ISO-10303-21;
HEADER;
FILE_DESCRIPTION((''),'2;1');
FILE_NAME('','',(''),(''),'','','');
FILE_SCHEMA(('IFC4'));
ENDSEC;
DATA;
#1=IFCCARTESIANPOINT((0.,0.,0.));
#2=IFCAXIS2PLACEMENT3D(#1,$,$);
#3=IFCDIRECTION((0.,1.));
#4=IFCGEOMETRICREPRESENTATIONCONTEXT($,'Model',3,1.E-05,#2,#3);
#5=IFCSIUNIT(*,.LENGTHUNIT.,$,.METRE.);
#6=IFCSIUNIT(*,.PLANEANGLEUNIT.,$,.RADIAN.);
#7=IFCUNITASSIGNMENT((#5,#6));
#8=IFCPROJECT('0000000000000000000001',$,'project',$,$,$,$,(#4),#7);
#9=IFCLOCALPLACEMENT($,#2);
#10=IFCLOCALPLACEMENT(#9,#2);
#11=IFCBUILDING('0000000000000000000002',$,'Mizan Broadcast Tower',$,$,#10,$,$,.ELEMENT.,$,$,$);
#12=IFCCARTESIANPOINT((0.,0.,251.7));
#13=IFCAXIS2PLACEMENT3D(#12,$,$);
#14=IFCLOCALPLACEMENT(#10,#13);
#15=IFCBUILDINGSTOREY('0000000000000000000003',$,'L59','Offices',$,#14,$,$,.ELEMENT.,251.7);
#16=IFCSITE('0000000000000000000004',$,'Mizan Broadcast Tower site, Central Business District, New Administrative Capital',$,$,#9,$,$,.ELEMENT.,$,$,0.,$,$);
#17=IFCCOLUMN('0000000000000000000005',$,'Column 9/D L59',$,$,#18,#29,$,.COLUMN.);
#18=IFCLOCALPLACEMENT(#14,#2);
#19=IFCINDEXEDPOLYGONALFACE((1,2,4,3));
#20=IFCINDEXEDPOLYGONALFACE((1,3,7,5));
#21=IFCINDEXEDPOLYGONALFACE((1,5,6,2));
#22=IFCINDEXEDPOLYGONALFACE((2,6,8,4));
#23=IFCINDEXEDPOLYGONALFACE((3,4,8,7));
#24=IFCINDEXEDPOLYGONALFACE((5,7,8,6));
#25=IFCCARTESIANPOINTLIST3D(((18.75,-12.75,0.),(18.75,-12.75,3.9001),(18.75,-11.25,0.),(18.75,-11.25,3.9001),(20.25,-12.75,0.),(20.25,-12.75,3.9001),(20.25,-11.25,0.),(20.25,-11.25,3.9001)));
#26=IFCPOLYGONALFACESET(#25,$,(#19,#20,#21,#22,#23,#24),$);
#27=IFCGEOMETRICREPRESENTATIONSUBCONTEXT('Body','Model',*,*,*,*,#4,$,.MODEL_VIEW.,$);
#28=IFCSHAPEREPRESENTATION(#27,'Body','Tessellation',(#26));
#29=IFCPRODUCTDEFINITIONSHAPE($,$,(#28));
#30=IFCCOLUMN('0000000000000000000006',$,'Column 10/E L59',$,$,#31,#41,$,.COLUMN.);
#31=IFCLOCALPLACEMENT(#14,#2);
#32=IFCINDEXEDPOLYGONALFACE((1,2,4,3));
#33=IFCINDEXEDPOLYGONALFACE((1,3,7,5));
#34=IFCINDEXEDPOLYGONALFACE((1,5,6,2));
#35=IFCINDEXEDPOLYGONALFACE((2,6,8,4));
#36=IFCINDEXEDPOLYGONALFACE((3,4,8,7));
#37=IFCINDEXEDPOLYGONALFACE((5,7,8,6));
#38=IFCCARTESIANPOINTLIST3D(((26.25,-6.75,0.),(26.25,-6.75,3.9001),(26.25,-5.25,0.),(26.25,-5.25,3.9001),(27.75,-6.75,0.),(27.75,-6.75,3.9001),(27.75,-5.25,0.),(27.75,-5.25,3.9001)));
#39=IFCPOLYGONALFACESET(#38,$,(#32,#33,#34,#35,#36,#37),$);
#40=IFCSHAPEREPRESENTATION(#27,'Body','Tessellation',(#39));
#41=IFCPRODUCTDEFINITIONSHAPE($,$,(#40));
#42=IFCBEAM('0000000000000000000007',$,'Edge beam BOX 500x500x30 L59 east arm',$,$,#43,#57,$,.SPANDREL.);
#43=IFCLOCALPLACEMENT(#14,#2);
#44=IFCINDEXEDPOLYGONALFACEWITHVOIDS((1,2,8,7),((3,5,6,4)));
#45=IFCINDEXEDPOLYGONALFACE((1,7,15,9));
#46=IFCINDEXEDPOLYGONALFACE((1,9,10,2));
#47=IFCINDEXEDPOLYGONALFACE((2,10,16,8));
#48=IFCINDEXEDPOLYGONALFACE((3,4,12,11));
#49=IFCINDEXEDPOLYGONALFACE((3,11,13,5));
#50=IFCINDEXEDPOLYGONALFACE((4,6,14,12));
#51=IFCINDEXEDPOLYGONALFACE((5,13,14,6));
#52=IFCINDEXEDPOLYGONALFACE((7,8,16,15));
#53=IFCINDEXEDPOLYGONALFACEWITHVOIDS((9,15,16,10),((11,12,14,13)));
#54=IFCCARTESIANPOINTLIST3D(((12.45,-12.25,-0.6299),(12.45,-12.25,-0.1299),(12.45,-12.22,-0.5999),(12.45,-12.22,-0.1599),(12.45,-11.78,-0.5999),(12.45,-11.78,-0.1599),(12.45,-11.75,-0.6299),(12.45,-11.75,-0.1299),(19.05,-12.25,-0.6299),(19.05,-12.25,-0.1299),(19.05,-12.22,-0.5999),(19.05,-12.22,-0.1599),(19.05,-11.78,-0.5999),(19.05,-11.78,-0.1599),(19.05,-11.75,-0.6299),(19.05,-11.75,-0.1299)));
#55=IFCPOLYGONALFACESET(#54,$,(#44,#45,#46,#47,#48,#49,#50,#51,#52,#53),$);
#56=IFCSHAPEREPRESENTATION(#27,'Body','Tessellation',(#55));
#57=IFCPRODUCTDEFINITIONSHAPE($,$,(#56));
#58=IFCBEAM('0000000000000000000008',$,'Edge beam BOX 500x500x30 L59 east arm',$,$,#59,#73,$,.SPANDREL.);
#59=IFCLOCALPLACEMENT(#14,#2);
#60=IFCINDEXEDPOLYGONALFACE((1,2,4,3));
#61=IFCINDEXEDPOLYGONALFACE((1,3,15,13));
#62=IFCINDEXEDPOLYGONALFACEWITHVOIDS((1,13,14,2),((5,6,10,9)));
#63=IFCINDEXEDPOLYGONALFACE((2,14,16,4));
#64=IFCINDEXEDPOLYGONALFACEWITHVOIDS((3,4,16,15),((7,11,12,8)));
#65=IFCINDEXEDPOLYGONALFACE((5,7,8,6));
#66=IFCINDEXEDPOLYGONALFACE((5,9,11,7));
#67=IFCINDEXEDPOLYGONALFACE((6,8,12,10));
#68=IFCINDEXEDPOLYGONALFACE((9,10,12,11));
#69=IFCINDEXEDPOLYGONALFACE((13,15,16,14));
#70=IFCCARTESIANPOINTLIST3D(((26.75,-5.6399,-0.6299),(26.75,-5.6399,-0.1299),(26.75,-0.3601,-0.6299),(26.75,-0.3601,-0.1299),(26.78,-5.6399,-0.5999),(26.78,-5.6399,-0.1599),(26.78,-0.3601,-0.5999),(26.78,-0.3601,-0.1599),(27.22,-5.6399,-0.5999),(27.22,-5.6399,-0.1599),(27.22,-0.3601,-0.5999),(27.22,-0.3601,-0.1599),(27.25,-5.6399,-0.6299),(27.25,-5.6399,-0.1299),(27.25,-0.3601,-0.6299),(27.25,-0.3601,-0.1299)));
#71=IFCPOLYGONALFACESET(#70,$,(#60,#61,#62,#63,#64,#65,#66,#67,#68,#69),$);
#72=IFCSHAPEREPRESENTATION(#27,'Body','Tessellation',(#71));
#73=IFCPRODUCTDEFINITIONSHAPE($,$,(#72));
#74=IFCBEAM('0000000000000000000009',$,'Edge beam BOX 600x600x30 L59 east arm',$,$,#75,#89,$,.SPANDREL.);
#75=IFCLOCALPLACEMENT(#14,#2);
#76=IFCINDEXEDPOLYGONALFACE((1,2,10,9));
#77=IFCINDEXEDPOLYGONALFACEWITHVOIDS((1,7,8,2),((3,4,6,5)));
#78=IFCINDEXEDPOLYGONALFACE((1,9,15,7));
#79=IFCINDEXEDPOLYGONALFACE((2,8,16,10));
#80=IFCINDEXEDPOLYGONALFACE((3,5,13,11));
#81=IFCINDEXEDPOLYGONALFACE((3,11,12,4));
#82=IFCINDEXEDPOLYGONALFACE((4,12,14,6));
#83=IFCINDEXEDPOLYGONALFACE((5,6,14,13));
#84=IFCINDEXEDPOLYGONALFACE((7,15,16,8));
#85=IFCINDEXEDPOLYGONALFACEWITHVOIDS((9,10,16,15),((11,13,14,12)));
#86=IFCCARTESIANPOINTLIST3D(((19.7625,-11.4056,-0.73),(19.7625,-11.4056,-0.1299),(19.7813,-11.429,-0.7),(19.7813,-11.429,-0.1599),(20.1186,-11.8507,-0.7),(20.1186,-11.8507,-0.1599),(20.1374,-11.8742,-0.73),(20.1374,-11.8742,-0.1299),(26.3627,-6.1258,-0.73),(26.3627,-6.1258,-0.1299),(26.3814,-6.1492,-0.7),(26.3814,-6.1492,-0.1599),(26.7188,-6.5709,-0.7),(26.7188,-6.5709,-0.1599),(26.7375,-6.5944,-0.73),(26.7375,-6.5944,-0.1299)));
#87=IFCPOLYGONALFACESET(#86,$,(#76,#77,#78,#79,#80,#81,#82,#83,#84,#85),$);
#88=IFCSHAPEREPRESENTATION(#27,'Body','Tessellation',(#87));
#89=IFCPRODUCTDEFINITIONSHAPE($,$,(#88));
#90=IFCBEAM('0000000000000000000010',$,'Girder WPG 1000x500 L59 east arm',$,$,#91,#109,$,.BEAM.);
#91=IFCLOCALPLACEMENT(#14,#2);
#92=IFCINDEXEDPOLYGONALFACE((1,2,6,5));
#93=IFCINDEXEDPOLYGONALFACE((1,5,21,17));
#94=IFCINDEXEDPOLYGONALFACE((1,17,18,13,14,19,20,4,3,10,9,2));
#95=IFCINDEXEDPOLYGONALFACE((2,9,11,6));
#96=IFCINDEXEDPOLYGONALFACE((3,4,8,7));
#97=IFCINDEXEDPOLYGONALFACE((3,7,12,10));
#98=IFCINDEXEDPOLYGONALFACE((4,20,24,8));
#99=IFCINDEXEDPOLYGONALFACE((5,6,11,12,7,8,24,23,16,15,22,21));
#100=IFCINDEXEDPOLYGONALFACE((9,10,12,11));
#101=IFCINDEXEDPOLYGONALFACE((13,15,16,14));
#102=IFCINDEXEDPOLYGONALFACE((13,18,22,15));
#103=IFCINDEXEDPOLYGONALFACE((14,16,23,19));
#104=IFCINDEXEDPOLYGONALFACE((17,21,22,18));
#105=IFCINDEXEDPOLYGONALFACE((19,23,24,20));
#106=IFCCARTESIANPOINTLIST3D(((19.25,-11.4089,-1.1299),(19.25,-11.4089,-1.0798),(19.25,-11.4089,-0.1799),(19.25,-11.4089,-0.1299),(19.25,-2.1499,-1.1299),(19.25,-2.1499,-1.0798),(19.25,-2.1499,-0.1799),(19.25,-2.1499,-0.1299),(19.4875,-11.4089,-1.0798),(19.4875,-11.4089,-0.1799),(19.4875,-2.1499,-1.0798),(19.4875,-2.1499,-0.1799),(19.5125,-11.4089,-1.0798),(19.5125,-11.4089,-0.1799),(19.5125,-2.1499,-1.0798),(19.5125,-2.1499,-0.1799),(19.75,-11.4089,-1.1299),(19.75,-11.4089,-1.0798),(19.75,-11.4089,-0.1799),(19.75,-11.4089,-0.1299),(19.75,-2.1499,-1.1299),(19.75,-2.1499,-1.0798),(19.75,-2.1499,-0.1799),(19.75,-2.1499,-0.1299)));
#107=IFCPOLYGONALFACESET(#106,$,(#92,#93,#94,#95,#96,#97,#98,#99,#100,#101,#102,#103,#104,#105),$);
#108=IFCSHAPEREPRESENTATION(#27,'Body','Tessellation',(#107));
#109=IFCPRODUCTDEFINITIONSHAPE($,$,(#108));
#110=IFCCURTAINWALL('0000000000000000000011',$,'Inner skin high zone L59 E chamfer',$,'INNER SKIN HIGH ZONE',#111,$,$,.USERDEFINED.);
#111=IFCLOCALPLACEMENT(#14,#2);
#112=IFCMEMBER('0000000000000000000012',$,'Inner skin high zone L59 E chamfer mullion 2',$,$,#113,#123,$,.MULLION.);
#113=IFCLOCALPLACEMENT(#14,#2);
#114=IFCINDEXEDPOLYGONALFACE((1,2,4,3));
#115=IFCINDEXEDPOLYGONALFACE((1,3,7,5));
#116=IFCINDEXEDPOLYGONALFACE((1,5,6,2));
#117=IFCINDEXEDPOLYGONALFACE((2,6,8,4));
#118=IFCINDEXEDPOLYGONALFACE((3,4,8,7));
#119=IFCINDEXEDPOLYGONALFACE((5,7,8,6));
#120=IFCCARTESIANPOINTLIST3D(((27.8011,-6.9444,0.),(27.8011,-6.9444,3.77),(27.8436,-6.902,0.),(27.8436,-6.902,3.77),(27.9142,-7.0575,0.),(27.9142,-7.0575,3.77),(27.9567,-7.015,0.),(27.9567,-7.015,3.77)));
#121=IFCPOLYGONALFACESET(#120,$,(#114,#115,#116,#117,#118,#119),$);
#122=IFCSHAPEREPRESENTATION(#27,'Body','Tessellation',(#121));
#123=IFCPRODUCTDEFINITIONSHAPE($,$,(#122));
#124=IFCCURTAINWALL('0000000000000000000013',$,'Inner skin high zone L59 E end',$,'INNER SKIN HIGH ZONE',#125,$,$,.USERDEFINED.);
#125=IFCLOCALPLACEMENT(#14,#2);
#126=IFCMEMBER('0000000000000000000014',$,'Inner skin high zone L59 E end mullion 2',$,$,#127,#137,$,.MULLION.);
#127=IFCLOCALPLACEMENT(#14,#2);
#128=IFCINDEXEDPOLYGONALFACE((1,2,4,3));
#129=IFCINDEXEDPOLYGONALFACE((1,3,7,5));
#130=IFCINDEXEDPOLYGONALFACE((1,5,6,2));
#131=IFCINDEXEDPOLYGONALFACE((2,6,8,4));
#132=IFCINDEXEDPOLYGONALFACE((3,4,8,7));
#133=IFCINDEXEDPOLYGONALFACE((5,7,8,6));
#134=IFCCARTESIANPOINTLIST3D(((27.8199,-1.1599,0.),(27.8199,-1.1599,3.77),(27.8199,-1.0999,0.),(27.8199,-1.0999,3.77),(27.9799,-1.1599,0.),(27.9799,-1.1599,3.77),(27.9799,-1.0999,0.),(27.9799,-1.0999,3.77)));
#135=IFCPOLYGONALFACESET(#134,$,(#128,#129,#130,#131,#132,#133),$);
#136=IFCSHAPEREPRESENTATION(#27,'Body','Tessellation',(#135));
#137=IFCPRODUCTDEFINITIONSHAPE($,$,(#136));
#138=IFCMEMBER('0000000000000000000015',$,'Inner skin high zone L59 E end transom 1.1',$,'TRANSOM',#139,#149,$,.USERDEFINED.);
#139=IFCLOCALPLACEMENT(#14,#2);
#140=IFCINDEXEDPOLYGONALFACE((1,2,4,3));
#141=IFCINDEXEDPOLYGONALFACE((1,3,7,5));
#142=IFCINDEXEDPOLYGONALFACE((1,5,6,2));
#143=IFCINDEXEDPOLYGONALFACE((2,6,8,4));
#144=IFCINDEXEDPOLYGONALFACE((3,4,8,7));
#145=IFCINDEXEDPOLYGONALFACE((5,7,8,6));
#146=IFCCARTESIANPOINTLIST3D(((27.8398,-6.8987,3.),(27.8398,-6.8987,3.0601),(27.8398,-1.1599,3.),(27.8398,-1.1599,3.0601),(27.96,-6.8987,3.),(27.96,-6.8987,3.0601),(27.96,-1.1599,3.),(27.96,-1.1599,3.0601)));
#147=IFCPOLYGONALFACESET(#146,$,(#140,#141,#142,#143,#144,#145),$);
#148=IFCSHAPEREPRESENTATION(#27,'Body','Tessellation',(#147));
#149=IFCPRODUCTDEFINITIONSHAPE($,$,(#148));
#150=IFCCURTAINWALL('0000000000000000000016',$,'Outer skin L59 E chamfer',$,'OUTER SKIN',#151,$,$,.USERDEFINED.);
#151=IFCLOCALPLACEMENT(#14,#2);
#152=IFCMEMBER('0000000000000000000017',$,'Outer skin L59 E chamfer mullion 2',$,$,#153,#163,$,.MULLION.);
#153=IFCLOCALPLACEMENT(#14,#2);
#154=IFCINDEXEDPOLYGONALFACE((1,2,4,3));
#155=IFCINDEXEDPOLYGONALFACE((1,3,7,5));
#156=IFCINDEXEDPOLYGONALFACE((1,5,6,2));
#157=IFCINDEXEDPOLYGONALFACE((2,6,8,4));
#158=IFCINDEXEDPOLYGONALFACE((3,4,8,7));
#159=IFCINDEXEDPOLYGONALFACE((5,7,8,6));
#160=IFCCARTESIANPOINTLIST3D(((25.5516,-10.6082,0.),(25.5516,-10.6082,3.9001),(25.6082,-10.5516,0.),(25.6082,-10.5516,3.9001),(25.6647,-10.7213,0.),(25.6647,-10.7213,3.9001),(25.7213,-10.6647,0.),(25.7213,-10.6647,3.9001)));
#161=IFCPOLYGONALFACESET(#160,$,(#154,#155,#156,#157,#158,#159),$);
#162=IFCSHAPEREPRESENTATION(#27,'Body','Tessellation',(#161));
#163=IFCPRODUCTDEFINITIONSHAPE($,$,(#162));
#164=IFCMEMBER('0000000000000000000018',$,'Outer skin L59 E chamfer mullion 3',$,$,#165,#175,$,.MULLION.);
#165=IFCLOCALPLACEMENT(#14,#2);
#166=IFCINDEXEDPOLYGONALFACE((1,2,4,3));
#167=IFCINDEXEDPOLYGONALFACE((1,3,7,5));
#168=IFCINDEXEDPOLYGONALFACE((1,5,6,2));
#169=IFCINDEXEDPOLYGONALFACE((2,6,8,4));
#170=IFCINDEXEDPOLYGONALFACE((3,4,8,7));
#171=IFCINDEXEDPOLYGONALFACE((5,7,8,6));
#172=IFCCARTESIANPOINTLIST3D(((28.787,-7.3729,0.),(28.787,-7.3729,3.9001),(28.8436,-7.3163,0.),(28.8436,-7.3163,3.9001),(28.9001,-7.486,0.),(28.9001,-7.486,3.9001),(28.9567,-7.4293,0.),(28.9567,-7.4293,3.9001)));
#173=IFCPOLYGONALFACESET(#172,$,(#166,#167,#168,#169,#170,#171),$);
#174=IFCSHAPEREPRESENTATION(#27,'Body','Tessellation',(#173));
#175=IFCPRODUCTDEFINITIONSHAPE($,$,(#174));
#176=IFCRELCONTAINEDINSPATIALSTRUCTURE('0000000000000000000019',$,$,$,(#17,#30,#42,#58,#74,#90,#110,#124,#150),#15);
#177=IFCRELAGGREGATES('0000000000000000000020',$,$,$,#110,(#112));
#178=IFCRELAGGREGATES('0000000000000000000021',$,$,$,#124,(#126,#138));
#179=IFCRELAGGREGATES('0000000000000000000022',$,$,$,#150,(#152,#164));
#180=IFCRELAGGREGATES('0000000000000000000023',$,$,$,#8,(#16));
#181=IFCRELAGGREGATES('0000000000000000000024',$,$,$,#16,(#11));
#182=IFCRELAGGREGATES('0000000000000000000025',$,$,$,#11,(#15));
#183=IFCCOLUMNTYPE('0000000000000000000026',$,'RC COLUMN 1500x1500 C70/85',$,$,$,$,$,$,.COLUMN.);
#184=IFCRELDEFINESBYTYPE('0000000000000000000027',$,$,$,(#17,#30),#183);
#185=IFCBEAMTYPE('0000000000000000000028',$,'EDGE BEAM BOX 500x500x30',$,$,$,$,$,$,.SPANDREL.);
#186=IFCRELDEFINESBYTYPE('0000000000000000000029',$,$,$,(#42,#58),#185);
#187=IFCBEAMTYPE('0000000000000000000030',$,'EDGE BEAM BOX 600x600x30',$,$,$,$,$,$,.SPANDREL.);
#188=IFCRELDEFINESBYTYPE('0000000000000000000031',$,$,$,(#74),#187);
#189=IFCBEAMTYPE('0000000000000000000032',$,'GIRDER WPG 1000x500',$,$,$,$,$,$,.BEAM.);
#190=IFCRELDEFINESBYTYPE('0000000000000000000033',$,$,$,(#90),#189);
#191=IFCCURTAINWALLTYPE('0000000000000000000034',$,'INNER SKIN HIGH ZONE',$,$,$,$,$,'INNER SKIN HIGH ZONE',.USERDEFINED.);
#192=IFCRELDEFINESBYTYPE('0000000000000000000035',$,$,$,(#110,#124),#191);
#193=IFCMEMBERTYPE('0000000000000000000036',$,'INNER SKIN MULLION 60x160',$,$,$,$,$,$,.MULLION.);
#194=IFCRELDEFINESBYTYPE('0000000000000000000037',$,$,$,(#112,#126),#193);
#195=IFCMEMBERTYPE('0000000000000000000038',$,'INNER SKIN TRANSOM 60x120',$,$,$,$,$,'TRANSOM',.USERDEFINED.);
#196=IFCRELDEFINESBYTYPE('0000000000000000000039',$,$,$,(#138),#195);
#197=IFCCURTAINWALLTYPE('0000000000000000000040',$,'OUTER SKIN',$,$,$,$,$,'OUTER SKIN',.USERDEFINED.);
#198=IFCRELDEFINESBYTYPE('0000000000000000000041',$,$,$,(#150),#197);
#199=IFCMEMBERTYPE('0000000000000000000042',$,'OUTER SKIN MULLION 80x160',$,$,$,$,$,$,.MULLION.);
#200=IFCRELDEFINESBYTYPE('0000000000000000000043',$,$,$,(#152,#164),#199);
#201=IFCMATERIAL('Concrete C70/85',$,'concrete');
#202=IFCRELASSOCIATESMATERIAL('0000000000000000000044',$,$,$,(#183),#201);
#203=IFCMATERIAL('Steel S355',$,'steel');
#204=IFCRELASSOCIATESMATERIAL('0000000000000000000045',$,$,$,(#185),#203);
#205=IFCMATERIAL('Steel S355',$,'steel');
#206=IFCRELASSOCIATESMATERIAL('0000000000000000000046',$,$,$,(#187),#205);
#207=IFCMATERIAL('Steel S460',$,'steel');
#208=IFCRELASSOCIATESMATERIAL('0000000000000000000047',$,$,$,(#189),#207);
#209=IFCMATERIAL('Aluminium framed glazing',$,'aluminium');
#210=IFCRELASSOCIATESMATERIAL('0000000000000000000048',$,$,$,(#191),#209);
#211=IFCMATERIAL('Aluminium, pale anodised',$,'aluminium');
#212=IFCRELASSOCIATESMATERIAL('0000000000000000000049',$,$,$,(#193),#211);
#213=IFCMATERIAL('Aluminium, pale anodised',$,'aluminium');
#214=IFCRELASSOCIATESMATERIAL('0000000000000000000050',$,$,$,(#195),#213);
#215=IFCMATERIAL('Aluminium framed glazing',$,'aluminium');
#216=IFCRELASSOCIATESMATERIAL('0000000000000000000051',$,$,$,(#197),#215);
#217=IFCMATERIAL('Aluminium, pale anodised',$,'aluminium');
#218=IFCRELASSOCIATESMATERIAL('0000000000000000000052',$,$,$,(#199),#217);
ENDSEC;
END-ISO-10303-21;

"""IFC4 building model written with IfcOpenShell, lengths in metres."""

from ifc_helpers import new_model, si_unit, direction, frame, origin, origin_2d, place, context, subcontext, project, spatial, rectangle, hollow_rectangle, i_section, extrude, material, material_profile, profile_set, type_object, element, aggregate, save


model = new_model("IFC4")

# Units and contexts
model_context = context("Model", 3, precision=1e-05, world=origin(), true_north=direction((0.0, 1.0)))
body_context = subcontext(model_context, "Body", "Model", "MODEL_VIEW")
ifc_project = project(units=[si_unit("LENGTHUNIT", "METRE"), si_unit("PLANEANGLEUNIT", "RADIAN")], contexts=[model_context])

# Site, building, storey
site_placement = place(None, origin())
site = spatial("IfcSite", under=ifc_project, at=site_placement, Name="Mizan Broadcast Tower site, Central Business District, New Administrative Capital", CompositionType="ELEMENT", RefElevation=0.0)
building_placement = place(site_placement, origin())
building = spatial("IfcBuilding", under=site, at=building_placement, Name="Mizan Broadcast Tower", CompositionType="ELEMENT")
storey_placement = place(building_placement, frame((0.0, 0.0, 251.7)))
storey = spatial("IfcBuildingStorey", under=building, at=storey_placement, Name="L59", Description="Offices", CompositionType="ELEMENT", Elevation=251.7)

# Columns
ifc_material_1 = material(Name="Concrete C70/85", Category="concrete")
ifc_material_profile_1 = material_profile(ifc_material_1, rectangle(XDim=1.5, YDim=1.5, at=origin_2d()), Name="RC 1500x1500")
ifc_profile_set_1 = profile_set([ifc_material_profile_1], Name="Concrete C70/85")
column_type = type_object("IfcColumnType", Name="RC COLUMN 1500x1500 C70/85", PredefinedType="COLUMN", material=ifc_profile_set_1)
for number, where, z_axis, x_axis, name in (
    (1, (19.5, -12.0, 0.0), (0.0, 0.0, 1.0), (1.0, 0.0, 0.0), "Column 9/D L59"),
    (2, (27.0, -6.0, 0.0), (0.0, 0.0, 1.0), (1.0, 0.0, 0.0), "Column 10/E L59"),
):
    element("IfcColumn", number, at=place(storey_placement, frame(where, z_axis=z_axis, x_axis=x_axis)), inside=storey, type_object=column_type, Name=name, PredefinedType="COLUMN", context=body_context, shape_type="SweptSolid", body=[
        extrude(rectangle(XDim=1.5, YDim=1.5, at=origin_2d()), origin(), (0.0, 0.0, 1.0), 3.9001),
    ])

# Beams
ifc_material_2 = material(Name="Steel S355", Category="steel")
ifc_material_profile_2 = material_profile(ifc_material_2, hollow_rectangle(XDim=0.5, YDim=0.5, WallThickness=0.03, at=origin_2d()), Name="BOX 500x500x30")
ifc_profile_set_2 = profile_set([ifc_material_profile_2], Name="Steel S355")
beam_type_1 = type_object("IfcBeamType", Name="EDGE BEAM BOX 500x500x30", PredefinedType="SPANDREL", material=ifc_profile_set_2)
beam_1_placement = place(storey_placement, frame((12.45, -12.0, -0.3799), z_axis=(1.0, 0.0, 0.0), x_axis=(0.0, 1.0, 0.0)))
element("IfcBeam", 3, at=beam_1_placement, inside=storey, type_object=beam_type_1, Name="Edge beam BOX 500x500x30 L59 east arm", PredefinedType="SPANDREL", context=body_context, shape_type="SweptSolid", body=[
    extrude(hollow_rectangle(XDim=0.5, YDim=0.5, WallThickness=0.03, at=origin_2d()), origin(), (0.0, 0.0, 1.0), 6.6001),
])
beam_2_placement = place(storey_placement, frame((27.0, -5.6399, -0.3799), z_axis=(0.0, 1.0, 0.0), x_axis=(-1.0, 0.0, 0.0)))
element("IfcBeam", 4, at=beam_2_placement, inside=storey, type_object=beam_type_1, Name="Edge beam BOX 500x500x30 L59 east arm", PredefinedType="SPANDREL", context=body_context, shape_type="SweptSolid", body=[
    extrude(hollow_rectangle(XDim=0.5, YDim=0.5, WallThickness=0.03, at=origin_2d()), origin(), (0.0, 0.0, 1.0), 5.2798),
])
ifc_material_3 = material(Name="Steel S355", Category="steel")
ifc_material_profile_3 = material_profile(ifc_material_3, hollow_rectangle(XDim=0.6001, YDim=0.6001, WallThickness=0.03, at=origin_2d()), Name="BOX 600x600x30")
ifc_profile_set_3 = profile_set([ifc_material_profile_3], Name="Steel S355")
beam_type_2 = type_object("IfcBeamType", Name="EDGE BEAM BOX 600x600x30", PredefinedType="SPANDREL", material=ifc_profile_set_3)
beam_3_placement = place(storey_placement, frame((19.95, -11.6399, -0.4299), z_axis=(0.780886, 0.624674, 0.0), x_axis=(-0.624674, 0.780886, 0.0)))
element("IfcBeam", 5, at=beam_3_placement, inside=storey, type_object=beam_type_2, Name="Edge beam BOX 600x600x30 L59 east arm", PredefinedType="SPANDREL", context=body_context, shape_type="SweptSolid", body=[
    extrude(hollow_rectangle(XDim=0.6001, YDim=0.6001, WallThickness=0.03, at=origin_2d()), origin(), (0.0, 0.0, 1.0), 8.4521),
])
ifc_material_4 = material(Name="Steel S460", Category="steel")
ifc_material_profile_4 = material_profile(ifc_material_4, i_section(OverallWidth=0.5, OverallDepth=1.0, WebThickness=0.0249, FlangeThickness=0.05, at=origin_2d()), Name="WPG 1000x500")
ifc_profile_set_4 = profile_set([ifc_material_profile_4], Name="Steel S460")
beam_type_3 = type_object("IfcBeamType", Name="GIRDER WPG 1000x500", PredefinedType="BEAM", material=ifc_profile_set_4)
beam_4_placement = place(storey_placement, frame((19.5, -11.4089, -0.6299), z_axis=(0.0, 1.0, 0.0), x_axis=(-1.0, 0.0, 0.0)))
element("IfcBeam", 6, at=beam_4_placement, inside=storey, type_object=beam_type_3, Name="Girder WPG 1000x500 L59 east arm", PredefinedType="BEAM", context=body_context, shape_type="SweptSolid", body=[
    extrude(i_section(OverallWidth=0.5, OverallDepth=1.0, WebThickness=0.0249, FlangeThickness=0.05, at=origin_2d()), origin(), (0.0, 0.0, 1.0), 9.259),
])

# Curtain wall, member
ifc_material_5 = material(Name="Aluminium framed glazing", Category="aluminium")
curtain_wall_type_1 = type_object("IfcCurtainWallType", Name="INNER SKIN HIGH ZONE", ElementType="INNER SKIN HIGH ZONE", PredefinedType="USERDEFINED", material=ifc_material_5)
curtain_wall_1_placement = place(storey_placement, origin())
curtain_wall_1 = element("IfcCurtainWall", 7, at=curtain_wall_1_placement, inside=storey, type_object=curtain_wall_type_1, Name="Inner skin high zone L59 E chamfer", ObjectType="INNER SKIN HIGH ZONE", PredefinedType="USERDEFINED")
ifc_material_6 = material(Name="Aluminium, pale anodised", Category="aluminium")
ifc_material_profile_5 = material_profile(ifc_material_6, rectangle(XDim=0.1599, YDim=0.0601, at=origin_2d()), Name="MULLION 160x60")
ifc_profile_set_5 = profile_set([ifc_material_profile_5], Name="Aluminium, pale anodised")
member_type_1 = type_object("IfcMemberType", Name="INNER SKIN MULLION 60x160", PredefinedType="MULLION", material=ifc_profile_set_5)
member_1_placement = place(storey_placement, frame((27.8789, -6.9797, 0.0), z_axis=(0.0, 0.0, 1.0), x_axis=(-0.707107, 0.707107, 0.0)))
member_1 = element("IfcMember", 8, at=member_1_placement, type_object=member_type_1, Name="Inner skin high zone L59 E chamfer mullion 2", PredefinedType="MULLION", context=body_context, shape_type="SweptSolid", body=[
    extrude(rectangle(XDim=0.1599, YDim=0.0601, at=origin_2d()), origin(), (0.0, 0.0, 1.0), 3.77),
])

# Curtain walls, members
curtain_wall_2_placement = place(storey_placement, origin())
curtain_wall_2 = element("IfcCurtainWall", 9, at=curtain_wall_2_placement, inside=storey, type_object=curtain_wall_type_1, Name="Inner skin high zone L59 E end", ObjectType="INNER SKIN HIGH ZONE", PredefinedType="USERDEFINED")
member_2_placement = place(storey_placement, frame((27.8999, -1.1299, 0.0), z_axis=(0.0, 0.0, 1.0), x_axis=(-1.0, 0.0, 0.0)))
member_2 = element("IfcMember", 10, at=member_2_placement, type_object=member_type_1, Name="Inner skin high zone L59 E end mullion 2", PredefinedType="MULLION", context=body_context, shape_type="SweptSolid", body=[
    extrude(rectangle(XDim=0.1599, YDim=0.0601, at=origin_2d()), origin(), (0.0, 0.0, 1.0), 3.77),
])
ifc_material_7 = material(Name="Aluminium, pale anodised", Category="aluminium")
ifc_material_profile_6 = material_profile(ifc_material_7, rectangle(XDim=0.1201, YDim=0.0601, at=origin_2d()), Name="TRANSOM 120x60")
ifc_profile_set_6 = profile_set([ifc_material_profile_6], Name="Aluminium, pale anodised")
member_type_2 = type_object("IfcMemberType", Name="INNER SKIN TRANSOM 60x120", ElementType="TRANSOM", PredefinedType="USERDEFINED", material=ifc_profile_set_6)
member_3_placement = place(storey_placement, frame((27.8999, -6.8987, 3.03), z_axis=(0.0, 1.0, 0.0), x_axis=(-1.0, 0.0, 0.0)))
member_3 = element("IfcMember", 11, at=member_3_placement, type_object=member_type_2, Name="Inner skin high zone L59 E end transom 1.1", ObjectType="TRANSOM", PredefinedType="USERDEFINED", context=body_context, shape_type="SweptSolid", body=[
    extrude(rectangle(XDim=0.1201, YDim=0.0601, at=origin_2d()), origin(), (0.0, 0.0, 1.0), 5.7388),
])
ifc_material_8 = material(Name="Aluminium framed glazing", Category="aluminium")
curtain_wall_type_2 = type_object("IfcCurtainWallType", Name="OUTER SKIN", ElementType="OUTER SKIN", PredefinedType="USERDEFINED", material=ifc_material_8)
curtain_wall_3_placement = place(storey_placement, origin())
curtain_wall_3 = element("IfcCurtainWall", 12, at=curtain_wall_3_placement, inside=storey, type_object=curtain_wall_type_2, Name="Outer skin L59 E chamfer", ObjectType="OUTER SKIN", PredefinedType="USERDEFINED")
ifc_material_9 = material(Name="Aluminium, pale anodised", Category="aluminium")
ifc_material_profile_7 = material_profile(ifc_material_9, rectangle(XDim=0.1599, YDim=0.0801, at=origin_2d()), Name="MULLION 160x80")
ifc_profile_set_7 = profile_set([ifc_material_profile_7], Name="Aluminium, pale anodised")
member_type_3 = type_object("IfcMemberType", Name="OUTER SKIN MULLION 80x160", PredefinedType="MULLION", material=ifc_profile_set_7)
member_4_placement = place(storey_placement, frame((25.6365, -10.6365, 0.0), z_axis=(0.0, 0.0, 1.0), x_axis=(-0.707107, 0.707107, 0.0)))
member_4 = element("IfcMember", 13, at=member_4_placement, type_object=member_type_3, Name="Outer skin L59 E chamfer mullion 2", PredefinedType="MULLION", context=body_context, shape_type="SweptSolid", body=[
    extrude(rectangle(XDim=0.1599, YDim=0.0801, at=origin_2d()), origin(), (0.0, 0.0, 1.0), 3.9001),
])
member_5_placement = place(storey_placement, frame((28.8718, -7.4011, 0.0), z_axis=(0.0, 0.0, 1.0), x_axis=(-0.707107, 0.707107, 0.0)))
member_5 = element("IfcMember", 14, at=member_5_placement, type_object=member_type_3, Name="Outer skin L59 E chamfer mullion 3", PredefinedType="MULLION", context=body_context, shape_type="SweptSolid", body=[
    extrude(rectangle(XDim=0.1599, YDim=0.0801, at=origin_2d()), origin(), (0.0, 0.0, 1.0), 3.9001),
])

aggregate(curtain_wall_1, [member_1])
aggregate(curtain_wall_2, [member_2, member_3])
aggregate(curtain_wall_3, [member_4, member_5])

save(model, "model.ifc")
